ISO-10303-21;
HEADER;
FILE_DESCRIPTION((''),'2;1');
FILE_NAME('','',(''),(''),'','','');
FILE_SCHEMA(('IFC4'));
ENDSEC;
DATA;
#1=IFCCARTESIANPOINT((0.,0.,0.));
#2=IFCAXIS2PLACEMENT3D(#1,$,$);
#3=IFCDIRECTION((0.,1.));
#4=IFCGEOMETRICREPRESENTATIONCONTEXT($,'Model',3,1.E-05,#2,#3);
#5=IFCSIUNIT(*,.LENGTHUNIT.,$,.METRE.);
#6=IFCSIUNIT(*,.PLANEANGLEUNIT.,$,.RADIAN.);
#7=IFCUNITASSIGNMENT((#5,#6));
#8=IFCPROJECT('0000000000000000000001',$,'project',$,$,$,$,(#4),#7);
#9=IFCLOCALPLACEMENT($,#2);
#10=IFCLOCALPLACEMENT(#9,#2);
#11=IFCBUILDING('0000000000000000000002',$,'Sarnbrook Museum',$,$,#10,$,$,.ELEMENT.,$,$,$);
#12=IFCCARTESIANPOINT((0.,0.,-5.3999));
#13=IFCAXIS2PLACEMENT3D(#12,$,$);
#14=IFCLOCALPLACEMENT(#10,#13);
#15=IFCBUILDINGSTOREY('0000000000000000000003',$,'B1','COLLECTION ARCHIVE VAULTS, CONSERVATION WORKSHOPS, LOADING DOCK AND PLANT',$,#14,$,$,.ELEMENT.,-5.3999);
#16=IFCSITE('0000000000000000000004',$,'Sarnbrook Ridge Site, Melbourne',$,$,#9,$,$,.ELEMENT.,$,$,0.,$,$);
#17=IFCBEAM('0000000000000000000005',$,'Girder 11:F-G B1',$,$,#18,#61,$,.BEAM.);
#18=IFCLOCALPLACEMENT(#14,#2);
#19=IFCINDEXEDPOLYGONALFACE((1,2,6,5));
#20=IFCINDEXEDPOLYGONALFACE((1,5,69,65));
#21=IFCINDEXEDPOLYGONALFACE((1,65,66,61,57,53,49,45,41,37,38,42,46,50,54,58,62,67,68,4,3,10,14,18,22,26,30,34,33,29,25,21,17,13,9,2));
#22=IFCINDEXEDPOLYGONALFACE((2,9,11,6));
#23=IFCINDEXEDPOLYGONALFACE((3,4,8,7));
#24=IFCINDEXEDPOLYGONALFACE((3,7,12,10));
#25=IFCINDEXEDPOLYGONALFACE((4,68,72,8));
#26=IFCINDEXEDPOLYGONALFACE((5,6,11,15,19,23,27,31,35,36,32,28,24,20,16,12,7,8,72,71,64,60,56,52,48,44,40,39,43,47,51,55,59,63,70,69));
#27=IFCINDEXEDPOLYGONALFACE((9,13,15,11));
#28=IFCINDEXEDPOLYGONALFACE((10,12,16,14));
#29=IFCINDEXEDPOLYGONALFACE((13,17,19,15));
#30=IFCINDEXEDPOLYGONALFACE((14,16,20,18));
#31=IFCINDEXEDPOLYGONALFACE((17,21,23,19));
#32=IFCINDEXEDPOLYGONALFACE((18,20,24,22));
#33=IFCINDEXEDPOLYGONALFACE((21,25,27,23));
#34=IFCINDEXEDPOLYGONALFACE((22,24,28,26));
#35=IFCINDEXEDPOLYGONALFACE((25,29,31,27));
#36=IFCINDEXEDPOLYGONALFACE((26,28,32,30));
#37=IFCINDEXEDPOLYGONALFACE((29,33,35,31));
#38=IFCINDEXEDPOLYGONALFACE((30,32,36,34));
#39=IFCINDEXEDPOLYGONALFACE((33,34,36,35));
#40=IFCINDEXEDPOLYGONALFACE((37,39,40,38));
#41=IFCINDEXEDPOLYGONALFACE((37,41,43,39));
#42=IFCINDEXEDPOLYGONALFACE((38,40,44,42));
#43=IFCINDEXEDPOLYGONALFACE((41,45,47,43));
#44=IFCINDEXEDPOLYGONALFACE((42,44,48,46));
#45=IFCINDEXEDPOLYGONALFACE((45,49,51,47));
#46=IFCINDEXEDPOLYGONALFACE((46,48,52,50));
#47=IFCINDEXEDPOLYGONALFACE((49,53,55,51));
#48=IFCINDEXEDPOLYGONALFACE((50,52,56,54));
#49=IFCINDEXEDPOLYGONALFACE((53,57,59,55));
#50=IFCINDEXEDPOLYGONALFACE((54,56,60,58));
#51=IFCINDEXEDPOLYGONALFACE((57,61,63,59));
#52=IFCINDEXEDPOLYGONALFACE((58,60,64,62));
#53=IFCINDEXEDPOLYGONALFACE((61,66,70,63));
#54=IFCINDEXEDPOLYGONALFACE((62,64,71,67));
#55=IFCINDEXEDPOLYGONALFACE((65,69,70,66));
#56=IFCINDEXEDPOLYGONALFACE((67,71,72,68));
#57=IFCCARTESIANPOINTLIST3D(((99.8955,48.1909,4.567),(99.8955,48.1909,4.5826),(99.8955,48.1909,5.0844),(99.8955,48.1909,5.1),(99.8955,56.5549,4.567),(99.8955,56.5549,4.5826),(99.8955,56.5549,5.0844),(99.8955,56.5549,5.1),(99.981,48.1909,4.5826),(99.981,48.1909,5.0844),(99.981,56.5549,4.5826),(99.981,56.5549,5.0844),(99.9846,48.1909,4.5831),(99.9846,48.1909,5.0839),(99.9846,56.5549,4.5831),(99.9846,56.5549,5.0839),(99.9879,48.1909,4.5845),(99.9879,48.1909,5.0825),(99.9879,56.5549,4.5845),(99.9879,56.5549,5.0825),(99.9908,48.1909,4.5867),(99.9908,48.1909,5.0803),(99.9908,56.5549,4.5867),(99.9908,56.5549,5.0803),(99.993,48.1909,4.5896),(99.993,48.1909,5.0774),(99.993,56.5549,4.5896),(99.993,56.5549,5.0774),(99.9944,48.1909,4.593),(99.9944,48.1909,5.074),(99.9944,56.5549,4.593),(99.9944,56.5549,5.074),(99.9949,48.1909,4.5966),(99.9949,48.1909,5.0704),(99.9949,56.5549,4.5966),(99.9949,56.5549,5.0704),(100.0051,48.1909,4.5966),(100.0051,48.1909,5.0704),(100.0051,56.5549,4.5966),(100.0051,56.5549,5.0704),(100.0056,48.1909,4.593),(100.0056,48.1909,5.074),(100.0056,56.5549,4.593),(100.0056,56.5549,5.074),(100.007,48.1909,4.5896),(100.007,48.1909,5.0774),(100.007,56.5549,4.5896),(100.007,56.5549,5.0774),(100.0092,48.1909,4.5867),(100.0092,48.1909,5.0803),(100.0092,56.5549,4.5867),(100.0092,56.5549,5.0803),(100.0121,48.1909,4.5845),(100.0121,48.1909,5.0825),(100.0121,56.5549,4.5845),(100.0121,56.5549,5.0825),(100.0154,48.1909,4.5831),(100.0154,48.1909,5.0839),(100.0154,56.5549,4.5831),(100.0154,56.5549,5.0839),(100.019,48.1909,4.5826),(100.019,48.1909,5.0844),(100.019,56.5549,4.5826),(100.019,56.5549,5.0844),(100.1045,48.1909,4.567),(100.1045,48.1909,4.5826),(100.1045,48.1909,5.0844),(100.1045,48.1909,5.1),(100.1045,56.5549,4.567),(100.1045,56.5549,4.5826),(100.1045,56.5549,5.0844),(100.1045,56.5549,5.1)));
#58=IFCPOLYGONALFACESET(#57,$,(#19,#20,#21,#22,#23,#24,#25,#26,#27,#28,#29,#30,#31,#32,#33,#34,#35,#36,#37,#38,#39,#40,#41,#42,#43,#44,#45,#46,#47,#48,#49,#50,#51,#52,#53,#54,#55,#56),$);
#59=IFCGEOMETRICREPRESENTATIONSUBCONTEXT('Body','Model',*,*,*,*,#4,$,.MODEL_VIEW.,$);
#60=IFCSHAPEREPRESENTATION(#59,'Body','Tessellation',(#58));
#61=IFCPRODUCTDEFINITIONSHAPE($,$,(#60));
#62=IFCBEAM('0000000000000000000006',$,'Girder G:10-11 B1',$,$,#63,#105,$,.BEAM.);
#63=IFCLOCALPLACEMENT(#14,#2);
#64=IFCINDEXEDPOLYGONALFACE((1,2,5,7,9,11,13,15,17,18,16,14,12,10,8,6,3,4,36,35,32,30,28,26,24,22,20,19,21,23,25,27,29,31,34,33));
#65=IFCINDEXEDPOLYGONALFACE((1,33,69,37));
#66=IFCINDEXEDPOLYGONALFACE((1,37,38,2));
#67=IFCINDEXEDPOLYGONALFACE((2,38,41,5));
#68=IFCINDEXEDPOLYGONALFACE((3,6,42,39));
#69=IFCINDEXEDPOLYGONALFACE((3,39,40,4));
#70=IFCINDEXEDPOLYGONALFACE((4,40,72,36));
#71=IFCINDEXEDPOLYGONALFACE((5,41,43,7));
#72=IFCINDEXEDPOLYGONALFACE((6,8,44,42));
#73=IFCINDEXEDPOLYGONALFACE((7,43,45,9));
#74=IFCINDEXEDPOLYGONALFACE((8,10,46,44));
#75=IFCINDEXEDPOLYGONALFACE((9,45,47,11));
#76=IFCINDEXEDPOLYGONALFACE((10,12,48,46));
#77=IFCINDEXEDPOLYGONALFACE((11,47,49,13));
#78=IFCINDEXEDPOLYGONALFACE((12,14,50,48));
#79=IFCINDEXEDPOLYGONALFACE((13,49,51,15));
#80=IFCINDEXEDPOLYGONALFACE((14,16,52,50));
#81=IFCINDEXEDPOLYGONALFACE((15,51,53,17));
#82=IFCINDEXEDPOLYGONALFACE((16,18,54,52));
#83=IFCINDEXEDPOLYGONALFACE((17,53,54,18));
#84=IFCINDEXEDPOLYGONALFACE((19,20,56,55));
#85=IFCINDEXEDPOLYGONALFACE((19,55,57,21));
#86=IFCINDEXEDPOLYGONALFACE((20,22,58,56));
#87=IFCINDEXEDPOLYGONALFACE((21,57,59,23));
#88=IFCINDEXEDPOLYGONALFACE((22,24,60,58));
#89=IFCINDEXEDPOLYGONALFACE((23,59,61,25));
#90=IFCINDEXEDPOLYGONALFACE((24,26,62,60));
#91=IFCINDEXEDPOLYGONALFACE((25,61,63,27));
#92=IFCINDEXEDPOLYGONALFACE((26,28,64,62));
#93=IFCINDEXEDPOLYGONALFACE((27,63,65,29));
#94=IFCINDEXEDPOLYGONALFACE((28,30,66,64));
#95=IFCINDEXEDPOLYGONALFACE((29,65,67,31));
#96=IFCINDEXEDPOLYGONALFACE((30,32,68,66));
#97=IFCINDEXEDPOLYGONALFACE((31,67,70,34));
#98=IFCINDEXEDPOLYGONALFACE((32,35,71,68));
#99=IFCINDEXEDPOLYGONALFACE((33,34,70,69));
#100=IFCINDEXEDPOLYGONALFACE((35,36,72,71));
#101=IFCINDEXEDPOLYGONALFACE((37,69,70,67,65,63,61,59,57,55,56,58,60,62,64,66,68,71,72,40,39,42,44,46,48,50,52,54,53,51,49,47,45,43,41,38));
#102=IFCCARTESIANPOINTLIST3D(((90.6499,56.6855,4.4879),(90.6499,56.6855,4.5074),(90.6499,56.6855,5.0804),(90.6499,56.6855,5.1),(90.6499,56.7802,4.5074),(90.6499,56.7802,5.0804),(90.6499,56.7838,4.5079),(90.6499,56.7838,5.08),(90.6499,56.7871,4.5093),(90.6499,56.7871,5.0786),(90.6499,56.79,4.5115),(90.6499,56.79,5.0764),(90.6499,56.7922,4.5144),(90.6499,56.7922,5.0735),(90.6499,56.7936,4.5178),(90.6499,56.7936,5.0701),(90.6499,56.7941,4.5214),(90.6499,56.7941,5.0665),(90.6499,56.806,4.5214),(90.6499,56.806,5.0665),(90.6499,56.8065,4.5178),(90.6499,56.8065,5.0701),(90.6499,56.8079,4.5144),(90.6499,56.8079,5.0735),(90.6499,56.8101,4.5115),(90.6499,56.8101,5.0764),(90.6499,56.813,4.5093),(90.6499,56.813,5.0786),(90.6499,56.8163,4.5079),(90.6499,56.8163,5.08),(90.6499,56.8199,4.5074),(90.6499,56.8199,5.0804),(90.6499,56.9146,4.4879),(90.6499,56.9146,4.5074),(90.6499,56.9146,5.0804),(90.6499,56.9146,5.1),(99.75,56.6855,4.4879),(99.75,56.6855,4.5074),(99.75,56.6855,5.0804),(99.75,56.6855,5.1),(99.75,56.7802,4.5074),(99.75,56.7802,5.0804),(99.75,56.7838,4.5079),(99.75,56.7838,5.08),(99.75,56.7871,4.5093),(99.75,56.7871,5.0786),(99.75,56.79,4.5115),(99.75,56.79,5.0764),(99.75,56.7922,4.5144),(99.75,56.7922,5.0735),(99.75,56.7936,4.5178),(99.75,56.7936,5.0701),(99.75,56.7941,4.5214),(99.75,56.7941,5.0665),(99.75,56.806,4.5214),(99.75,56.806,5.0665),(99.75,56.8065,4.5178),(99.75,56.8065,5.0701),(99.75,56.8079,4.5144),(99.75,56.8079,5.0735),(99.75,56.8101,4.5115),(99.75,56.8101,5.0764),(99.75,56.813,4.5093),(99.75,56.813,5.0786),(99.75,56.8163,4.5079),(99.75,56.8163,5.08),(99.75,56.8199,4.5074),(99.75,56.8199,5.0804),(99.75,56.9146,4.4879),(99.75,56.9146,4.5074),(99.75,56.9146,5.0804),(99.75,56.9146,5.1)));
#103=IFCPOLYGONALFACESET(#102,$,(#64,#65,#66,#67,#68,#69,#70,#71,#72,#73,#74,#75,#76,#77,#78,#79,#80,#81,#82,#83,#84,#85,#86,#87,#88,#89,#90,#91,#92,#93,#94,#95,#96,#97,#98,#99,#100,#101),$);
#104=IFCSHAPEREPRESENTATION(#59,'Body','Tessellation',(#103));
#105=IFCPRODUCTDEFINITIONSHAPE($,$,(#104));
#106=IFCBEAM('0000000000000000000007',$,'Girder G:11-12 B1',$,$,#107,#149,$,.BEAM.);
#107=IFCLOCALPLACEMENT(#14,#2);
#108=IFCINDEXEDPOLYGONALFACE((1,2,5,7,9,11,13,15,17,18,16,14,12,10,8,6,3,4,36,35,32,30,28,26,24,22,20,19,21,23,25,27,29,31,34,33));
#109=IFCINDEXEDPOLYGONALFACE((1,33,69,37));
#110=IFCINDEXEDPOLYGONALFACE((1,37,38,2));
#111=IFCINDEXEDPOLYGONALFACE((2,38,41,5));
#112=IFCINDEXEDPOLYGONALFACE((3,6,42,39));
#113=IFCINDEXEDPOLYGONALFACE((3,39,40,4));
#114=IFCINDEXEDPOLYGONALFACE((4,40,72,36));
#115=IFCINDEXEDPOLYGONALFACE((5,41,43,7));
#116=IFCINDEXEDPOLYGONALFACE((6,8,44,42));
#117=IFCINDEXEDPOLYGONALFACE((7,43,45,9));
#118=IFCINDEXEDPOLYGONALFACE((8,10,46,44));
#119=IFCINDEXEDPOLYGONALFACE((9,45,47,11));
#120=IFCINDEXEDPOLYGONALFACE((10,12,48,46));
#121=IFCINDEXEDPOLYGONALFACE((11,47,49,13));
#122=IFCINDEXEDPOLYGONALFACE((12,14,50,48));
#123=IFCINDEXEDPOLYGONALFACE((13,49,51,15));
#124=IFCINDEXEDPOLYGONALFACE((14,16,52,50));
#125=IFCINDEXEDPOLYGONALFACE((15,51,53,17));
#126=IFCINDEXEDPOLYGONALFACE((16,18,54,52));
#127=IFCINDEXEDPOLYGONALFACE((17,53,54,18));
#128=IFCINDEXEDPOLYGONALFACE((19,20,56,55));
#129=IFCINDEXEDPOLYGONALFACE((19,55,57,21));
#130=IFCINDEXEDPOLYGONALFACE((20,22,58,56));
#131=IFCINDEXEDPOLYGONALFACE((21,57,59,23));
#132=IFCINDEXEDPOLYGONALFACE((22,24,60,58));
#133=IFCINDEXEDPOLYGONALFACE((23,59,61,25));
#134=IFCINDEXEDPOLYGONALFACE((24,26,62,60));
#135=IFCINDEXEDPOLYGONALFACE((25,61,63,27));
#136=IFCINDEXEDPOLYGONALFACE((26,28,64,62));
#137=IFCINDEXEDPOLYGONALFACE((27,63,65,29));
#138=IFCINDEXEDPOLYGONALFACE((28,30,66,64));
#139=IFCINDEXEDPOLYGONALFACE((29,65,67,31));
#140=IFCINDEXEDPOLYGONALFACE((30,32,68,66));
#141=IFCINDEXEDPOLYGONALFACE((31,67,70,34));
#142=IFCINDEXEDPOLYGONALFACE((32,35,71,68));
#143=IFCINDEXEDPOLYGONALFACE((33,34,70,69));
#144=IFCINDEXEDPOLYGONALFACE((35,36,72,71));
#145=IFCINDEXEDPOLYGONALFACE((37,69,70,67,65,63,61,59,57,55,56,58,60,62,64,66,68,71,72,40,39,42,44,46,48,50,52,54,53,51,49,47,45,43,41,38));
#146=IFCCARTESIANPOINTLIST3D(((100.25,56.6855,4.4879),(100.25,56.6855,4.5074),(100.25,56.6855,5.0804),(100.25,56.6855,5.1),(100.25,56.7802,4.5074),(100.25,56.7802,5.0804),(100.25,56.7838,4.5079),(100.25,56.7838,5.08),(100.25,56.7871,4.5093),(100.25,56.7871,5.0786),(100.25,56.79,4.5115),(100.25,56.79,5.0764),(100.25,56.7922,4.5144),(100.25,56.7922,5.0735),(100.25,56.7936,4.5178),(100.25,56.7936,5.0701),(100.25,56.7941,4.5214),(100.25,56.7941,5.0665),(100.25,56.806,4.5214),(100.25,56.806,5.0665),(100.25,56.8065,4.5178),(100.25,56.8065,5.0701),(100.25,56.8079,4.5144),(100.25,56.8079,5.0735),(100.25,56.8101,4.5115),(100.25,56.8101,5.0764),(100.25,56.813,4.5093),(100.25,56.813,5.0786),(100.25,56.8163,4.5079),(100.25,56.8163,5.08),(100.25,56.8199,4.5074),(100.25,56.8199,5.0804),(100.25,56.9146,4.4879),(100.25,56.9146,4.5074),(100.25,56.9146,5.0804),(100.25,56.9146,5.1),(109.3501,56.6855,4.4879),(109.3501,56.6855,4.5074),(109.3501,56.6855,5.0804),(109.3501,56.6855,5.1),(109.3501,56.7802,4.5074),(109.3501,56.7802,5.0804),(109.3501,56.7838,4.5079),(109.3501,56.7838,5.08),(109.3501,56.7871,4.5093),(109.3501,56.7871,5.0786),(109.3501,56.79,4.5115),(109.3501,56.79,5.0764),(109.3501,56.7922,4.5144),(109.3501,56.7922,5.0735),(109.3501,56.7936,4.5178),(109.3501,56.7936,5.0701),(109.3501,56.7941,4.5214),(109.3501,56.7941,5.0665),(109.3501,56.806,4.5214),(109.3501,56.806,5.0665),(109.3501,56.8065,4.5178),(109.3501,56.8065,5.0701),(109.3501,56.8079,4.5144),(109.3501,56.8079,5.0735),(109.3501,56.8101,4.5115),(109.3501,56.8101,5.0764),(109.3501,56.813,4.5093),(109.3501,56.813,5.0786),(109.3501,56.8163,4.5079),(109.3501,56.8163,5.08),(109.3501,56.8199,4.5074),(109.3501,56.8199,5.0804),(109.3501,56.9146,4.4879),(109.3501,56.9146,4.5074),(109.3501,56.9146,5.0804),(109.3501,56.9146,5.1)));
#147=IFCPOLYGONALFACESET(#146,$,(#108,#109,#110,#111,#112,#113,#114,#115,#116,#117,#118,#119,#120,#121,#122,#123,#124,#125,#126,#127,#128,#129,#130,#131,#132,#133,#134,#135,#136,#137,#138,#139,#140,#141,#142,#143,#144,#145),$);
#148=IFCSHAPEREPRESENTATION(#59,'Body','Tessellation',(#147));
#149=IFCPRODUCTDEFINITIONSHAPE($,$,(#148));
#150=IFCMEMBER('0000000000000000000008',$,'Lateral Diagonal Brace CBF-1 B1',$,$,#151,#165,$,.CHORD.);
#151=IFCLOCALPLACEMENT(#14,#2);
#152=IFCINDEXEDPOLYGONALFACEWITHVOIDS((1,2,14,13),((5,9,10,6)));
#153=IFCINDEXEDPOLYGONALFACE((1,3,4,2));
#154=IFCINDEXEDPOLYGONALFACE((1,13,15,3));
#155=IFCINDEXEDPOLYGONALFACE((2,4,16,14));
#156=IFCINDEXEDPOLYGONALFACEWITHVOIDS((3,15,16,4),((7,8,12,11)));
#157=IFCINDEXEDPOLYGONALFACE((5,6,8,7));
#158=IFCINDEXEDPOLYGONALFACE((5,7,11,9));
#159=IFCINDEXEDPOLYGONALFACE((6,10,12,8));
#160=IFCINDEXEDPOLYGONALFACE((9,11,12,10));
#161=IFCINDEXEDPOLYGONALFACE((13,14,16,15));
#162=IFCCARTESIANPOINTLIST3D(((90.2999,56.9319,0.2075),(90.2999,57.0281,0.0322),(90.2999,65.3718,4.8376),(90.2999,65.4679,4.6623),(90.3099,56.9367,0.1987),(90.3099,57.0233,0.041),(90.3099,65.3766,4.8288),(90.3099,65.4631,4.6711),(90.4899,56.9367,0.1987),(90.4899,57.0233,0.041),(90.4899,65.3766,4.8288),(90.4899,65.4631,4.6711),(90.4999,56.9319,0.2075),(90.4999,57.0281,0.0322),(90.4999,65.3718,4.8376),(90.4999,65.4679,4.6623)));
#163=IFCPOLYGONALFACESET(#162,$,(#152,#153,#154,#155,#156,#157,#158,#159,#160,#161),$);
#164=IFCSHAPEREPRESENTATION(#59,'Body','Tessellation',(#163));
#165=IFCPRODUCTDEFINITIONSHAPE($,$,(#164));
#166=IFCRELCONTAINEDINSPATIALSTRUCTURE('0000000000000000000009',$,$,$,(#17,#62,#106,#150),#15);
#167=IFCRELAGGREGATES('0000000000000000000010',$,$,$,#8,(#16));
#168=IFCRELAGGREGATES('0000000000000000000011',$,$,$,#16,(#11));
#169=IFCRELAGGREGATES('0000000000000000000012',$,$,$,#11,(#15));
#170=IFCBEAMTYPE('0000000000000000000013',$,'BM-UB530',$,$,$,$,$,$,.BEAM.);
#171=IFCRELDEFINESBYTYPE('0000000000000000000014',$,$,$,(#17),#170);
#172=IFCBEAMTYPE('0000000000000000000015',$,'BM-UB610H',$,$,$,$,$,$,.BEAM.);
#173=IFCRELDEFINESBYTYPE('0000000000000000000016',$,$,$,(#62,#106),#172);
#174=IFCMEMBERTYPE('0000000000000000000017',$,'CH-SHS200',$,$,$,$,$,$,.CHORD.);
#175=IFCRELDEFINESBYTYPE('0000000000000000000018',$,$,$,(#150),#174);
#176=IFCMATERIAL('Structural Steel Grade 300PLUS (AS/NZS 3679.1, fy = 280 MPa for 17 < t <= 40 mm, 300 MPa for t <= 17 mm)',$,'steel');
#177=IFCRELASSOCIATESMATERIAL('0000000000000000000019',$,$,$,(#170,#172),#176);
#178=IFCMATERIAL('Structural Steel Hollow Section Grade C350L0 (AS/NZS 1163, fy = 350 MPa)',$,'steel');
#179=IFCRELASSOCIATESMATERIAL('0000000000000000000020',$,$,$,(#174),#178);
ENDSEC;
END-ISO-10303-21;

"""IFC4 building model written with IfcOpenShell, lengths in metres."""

from ifc_helpers import new_model, si_unit, direction, frame, origin, origin_2d, place, context, subcontext, project, spatial, hollow_rectangle, i_section, extrude, material, material_profile, profile_set, type_object, element, save


model = new_model("IFC4")

# Units and contexts
model_context = context("Model", 3, precision=1e-05, world=origin(), true_north=direction((0.0, 1.0)))
body_context = subcontext(model_context, "Body", "Model", "MODEL_VIEW")
ifc_project = project(units=[si_unit("LENGTHUNIT", "METRE"), si_unit("PLANEANGLEUNIT", "RADIAN")], contexts=[model_context])

# Site, building, storey
site_placement = place(None, origin())
site = spatial("IfcSite", under=ifc_project, at=site_placement, Name="Sarnbrook Ridge Site, Melbourne", CompositionType="ELEMENT", RefElevation=0.0)
building_placement = place(site_placement, origin())
building = spatial("IfcBuilding", under=site, at=building_placement, Name="Sarnbrook Museum", CompositionType="ELEMENT")
storey_placement = place(building_placement, frame((0.0, 0.0, -5.3999)))
storey = spatial("IfcBuildingStorey", under=building, at=storey_placement, Name="B1", Description="COLLECTION ARCHIVE VAULTS, CONSERVATION WORKSHOPS, LOADING DOCK AND PLANT", CompositionType="ELEMENT", Elevation=-5.3999)

# Beams
ifc_material_1 = material(Name="Structural Steel Grade 300PLUS (AS/NZS 3679.1, fy = 280 MPa for 17 < t <= 40 mm, 300 MPa for t <= 17 mm)", Category="steel")
ifc_material_profile_1 = material_profile(ifc_material_1, i_section(OverallWidth=0.209, OverallDepth=0.533, WebThickness=0.0103, FlangeThickness=0.0156, FilletRadius=0.0139, at=origin_2d()), Name="530UB92.4")
ifc_profile_set_1 = profile_set([ifc_material_profile_1], Name="Structural Steel Grade 300PLUS (AS/NZS 3679.1, fy = 280 MPa for 17 < t <= 40 mm, 300 MPa for t <= 17 mm)")
beam_type_1 = type_object("IfcBeamType", Name="BM-UB530", PredefinedType="BEAM", material=ifc_profile_set_1)
beam_placement = place(storey_placement, frame((100.0, 48.1909, 4.8335), z_axis=(0.0, 1.0, 0.0), x_axis=(-1.0, 0.0, 0.0)))
element("IfcBeam", 1, at=beam_placement, inside=storey, type_object=beam_type_1, Name="Girder 11:F-G B1", PredefinedType="BEAM", context=body_context, shape_type="SweptSolid", body=[
    extrude(i_section(OverallWidth=0.209, OverallDepth=0.533, WebThickness=0.0103, FlangeThickness=0.0156, FilletRadius=0.0139, at=origin_2d()), origin(), (0.0, 0.0, 1.0), 8.364),
])
ifc_material_profile_2 = material_profile(ifc_material_1, i_section(OverallWidth=0.229, OverallDepth=0.6121, WebThickness=0.012, FlangeThickness=0.0195, FilletRadius=0.0139, at=origin_2d()), Name="610UB125")
ifc_profile_set_2 = profile_set([ifc_material_profile_2], Name="Structural Steel Grade 300PLUS (AS/NZS 3679.1, fy = 280 MPa for 17 < t <= 40 mm, 300 MPa for t <= 17 mm)")
beam_type_2 = type_object("IfcBeamType", Name="BM-UB610H", PredefinedType="BEAM", material=ifc_profile_set_2)
for number, where, z_axis, x_axis, name in (
    (2, (90.6499, 56.8, 4.7939), (1.0, 0.0, 0.0), (0.0, 1.0, 0.0), "Girder G:10-11 B1"),
    (3, (100.25, 56.8, 4.7939), (1.0, 0.0, 0.0), (0.0, 1.0, 0.0), "Girder G:11-12 B1"),
):
    element("IfcBeam", number, at=place(storey_placement, frame(where, z_axis=z_axis, x_axis=x_axis)), inside=storey, type_object=beam_type_2, Name=name, PredefinedType="BEAM", context=body_context, shape_type="SweptSolid", body=[
        extrude(i_section(OverallWidth=0.229, OverallDepth=0.6121, WebThickness=0.012, FlangeThickness=0.0195, FilletRadius=0.0139, at=origin_2d()), origin(), (0.0, 0.0, 1.0), 9.1001),
    ])

# Member
ifc_material_2 = material(Name="Structural Steel Hollow Section Grade C350L0 (AS/NZS 1163, fy = 350 MPa)", Category="steel")
ifc_material_profile_3 = material_profile(ifc_material_2, hollow_rectangle(XDim=0.2, YDim=0.2, WallThickness=0.01, at=origin_2d()), Name="200x200x10.0SHS")
ifc_profile_set_3 = profile_set([ifc_material_profile_3], Name="Structural Steel Hollow Section Grade C350L0 (AS/NZS 1163, fy = 350 MPa)")
member_type = type_object("IfcMemberType", Name="CH-SHS200", PredefinedType="CHORD", material=ifc_profile_set_3)
member_placement = place(storey_placement, frame((90.3999, 56.98, 0.1199), z_axis=(0.0, 0.876735, 0.480974), x_axis=(-1.0, 0.0, 0.0)))
element("IfcMember", 4, at=member_placement, inside=storey, type_object=member_type, Name="Lateral Diagonal Brace CBF-1 B1", PredefinedType="CHORD", context=body_context, shape_type="SweptSolid", body=[
    extrude(hollow_rectangle(XDim=0.2, YDim=0.2, WallThickness=0.01, at=origin_2d()), origin(), (0.0, 0.0, 1.0), 9.6265),
])

save(model, "model.ifc")
